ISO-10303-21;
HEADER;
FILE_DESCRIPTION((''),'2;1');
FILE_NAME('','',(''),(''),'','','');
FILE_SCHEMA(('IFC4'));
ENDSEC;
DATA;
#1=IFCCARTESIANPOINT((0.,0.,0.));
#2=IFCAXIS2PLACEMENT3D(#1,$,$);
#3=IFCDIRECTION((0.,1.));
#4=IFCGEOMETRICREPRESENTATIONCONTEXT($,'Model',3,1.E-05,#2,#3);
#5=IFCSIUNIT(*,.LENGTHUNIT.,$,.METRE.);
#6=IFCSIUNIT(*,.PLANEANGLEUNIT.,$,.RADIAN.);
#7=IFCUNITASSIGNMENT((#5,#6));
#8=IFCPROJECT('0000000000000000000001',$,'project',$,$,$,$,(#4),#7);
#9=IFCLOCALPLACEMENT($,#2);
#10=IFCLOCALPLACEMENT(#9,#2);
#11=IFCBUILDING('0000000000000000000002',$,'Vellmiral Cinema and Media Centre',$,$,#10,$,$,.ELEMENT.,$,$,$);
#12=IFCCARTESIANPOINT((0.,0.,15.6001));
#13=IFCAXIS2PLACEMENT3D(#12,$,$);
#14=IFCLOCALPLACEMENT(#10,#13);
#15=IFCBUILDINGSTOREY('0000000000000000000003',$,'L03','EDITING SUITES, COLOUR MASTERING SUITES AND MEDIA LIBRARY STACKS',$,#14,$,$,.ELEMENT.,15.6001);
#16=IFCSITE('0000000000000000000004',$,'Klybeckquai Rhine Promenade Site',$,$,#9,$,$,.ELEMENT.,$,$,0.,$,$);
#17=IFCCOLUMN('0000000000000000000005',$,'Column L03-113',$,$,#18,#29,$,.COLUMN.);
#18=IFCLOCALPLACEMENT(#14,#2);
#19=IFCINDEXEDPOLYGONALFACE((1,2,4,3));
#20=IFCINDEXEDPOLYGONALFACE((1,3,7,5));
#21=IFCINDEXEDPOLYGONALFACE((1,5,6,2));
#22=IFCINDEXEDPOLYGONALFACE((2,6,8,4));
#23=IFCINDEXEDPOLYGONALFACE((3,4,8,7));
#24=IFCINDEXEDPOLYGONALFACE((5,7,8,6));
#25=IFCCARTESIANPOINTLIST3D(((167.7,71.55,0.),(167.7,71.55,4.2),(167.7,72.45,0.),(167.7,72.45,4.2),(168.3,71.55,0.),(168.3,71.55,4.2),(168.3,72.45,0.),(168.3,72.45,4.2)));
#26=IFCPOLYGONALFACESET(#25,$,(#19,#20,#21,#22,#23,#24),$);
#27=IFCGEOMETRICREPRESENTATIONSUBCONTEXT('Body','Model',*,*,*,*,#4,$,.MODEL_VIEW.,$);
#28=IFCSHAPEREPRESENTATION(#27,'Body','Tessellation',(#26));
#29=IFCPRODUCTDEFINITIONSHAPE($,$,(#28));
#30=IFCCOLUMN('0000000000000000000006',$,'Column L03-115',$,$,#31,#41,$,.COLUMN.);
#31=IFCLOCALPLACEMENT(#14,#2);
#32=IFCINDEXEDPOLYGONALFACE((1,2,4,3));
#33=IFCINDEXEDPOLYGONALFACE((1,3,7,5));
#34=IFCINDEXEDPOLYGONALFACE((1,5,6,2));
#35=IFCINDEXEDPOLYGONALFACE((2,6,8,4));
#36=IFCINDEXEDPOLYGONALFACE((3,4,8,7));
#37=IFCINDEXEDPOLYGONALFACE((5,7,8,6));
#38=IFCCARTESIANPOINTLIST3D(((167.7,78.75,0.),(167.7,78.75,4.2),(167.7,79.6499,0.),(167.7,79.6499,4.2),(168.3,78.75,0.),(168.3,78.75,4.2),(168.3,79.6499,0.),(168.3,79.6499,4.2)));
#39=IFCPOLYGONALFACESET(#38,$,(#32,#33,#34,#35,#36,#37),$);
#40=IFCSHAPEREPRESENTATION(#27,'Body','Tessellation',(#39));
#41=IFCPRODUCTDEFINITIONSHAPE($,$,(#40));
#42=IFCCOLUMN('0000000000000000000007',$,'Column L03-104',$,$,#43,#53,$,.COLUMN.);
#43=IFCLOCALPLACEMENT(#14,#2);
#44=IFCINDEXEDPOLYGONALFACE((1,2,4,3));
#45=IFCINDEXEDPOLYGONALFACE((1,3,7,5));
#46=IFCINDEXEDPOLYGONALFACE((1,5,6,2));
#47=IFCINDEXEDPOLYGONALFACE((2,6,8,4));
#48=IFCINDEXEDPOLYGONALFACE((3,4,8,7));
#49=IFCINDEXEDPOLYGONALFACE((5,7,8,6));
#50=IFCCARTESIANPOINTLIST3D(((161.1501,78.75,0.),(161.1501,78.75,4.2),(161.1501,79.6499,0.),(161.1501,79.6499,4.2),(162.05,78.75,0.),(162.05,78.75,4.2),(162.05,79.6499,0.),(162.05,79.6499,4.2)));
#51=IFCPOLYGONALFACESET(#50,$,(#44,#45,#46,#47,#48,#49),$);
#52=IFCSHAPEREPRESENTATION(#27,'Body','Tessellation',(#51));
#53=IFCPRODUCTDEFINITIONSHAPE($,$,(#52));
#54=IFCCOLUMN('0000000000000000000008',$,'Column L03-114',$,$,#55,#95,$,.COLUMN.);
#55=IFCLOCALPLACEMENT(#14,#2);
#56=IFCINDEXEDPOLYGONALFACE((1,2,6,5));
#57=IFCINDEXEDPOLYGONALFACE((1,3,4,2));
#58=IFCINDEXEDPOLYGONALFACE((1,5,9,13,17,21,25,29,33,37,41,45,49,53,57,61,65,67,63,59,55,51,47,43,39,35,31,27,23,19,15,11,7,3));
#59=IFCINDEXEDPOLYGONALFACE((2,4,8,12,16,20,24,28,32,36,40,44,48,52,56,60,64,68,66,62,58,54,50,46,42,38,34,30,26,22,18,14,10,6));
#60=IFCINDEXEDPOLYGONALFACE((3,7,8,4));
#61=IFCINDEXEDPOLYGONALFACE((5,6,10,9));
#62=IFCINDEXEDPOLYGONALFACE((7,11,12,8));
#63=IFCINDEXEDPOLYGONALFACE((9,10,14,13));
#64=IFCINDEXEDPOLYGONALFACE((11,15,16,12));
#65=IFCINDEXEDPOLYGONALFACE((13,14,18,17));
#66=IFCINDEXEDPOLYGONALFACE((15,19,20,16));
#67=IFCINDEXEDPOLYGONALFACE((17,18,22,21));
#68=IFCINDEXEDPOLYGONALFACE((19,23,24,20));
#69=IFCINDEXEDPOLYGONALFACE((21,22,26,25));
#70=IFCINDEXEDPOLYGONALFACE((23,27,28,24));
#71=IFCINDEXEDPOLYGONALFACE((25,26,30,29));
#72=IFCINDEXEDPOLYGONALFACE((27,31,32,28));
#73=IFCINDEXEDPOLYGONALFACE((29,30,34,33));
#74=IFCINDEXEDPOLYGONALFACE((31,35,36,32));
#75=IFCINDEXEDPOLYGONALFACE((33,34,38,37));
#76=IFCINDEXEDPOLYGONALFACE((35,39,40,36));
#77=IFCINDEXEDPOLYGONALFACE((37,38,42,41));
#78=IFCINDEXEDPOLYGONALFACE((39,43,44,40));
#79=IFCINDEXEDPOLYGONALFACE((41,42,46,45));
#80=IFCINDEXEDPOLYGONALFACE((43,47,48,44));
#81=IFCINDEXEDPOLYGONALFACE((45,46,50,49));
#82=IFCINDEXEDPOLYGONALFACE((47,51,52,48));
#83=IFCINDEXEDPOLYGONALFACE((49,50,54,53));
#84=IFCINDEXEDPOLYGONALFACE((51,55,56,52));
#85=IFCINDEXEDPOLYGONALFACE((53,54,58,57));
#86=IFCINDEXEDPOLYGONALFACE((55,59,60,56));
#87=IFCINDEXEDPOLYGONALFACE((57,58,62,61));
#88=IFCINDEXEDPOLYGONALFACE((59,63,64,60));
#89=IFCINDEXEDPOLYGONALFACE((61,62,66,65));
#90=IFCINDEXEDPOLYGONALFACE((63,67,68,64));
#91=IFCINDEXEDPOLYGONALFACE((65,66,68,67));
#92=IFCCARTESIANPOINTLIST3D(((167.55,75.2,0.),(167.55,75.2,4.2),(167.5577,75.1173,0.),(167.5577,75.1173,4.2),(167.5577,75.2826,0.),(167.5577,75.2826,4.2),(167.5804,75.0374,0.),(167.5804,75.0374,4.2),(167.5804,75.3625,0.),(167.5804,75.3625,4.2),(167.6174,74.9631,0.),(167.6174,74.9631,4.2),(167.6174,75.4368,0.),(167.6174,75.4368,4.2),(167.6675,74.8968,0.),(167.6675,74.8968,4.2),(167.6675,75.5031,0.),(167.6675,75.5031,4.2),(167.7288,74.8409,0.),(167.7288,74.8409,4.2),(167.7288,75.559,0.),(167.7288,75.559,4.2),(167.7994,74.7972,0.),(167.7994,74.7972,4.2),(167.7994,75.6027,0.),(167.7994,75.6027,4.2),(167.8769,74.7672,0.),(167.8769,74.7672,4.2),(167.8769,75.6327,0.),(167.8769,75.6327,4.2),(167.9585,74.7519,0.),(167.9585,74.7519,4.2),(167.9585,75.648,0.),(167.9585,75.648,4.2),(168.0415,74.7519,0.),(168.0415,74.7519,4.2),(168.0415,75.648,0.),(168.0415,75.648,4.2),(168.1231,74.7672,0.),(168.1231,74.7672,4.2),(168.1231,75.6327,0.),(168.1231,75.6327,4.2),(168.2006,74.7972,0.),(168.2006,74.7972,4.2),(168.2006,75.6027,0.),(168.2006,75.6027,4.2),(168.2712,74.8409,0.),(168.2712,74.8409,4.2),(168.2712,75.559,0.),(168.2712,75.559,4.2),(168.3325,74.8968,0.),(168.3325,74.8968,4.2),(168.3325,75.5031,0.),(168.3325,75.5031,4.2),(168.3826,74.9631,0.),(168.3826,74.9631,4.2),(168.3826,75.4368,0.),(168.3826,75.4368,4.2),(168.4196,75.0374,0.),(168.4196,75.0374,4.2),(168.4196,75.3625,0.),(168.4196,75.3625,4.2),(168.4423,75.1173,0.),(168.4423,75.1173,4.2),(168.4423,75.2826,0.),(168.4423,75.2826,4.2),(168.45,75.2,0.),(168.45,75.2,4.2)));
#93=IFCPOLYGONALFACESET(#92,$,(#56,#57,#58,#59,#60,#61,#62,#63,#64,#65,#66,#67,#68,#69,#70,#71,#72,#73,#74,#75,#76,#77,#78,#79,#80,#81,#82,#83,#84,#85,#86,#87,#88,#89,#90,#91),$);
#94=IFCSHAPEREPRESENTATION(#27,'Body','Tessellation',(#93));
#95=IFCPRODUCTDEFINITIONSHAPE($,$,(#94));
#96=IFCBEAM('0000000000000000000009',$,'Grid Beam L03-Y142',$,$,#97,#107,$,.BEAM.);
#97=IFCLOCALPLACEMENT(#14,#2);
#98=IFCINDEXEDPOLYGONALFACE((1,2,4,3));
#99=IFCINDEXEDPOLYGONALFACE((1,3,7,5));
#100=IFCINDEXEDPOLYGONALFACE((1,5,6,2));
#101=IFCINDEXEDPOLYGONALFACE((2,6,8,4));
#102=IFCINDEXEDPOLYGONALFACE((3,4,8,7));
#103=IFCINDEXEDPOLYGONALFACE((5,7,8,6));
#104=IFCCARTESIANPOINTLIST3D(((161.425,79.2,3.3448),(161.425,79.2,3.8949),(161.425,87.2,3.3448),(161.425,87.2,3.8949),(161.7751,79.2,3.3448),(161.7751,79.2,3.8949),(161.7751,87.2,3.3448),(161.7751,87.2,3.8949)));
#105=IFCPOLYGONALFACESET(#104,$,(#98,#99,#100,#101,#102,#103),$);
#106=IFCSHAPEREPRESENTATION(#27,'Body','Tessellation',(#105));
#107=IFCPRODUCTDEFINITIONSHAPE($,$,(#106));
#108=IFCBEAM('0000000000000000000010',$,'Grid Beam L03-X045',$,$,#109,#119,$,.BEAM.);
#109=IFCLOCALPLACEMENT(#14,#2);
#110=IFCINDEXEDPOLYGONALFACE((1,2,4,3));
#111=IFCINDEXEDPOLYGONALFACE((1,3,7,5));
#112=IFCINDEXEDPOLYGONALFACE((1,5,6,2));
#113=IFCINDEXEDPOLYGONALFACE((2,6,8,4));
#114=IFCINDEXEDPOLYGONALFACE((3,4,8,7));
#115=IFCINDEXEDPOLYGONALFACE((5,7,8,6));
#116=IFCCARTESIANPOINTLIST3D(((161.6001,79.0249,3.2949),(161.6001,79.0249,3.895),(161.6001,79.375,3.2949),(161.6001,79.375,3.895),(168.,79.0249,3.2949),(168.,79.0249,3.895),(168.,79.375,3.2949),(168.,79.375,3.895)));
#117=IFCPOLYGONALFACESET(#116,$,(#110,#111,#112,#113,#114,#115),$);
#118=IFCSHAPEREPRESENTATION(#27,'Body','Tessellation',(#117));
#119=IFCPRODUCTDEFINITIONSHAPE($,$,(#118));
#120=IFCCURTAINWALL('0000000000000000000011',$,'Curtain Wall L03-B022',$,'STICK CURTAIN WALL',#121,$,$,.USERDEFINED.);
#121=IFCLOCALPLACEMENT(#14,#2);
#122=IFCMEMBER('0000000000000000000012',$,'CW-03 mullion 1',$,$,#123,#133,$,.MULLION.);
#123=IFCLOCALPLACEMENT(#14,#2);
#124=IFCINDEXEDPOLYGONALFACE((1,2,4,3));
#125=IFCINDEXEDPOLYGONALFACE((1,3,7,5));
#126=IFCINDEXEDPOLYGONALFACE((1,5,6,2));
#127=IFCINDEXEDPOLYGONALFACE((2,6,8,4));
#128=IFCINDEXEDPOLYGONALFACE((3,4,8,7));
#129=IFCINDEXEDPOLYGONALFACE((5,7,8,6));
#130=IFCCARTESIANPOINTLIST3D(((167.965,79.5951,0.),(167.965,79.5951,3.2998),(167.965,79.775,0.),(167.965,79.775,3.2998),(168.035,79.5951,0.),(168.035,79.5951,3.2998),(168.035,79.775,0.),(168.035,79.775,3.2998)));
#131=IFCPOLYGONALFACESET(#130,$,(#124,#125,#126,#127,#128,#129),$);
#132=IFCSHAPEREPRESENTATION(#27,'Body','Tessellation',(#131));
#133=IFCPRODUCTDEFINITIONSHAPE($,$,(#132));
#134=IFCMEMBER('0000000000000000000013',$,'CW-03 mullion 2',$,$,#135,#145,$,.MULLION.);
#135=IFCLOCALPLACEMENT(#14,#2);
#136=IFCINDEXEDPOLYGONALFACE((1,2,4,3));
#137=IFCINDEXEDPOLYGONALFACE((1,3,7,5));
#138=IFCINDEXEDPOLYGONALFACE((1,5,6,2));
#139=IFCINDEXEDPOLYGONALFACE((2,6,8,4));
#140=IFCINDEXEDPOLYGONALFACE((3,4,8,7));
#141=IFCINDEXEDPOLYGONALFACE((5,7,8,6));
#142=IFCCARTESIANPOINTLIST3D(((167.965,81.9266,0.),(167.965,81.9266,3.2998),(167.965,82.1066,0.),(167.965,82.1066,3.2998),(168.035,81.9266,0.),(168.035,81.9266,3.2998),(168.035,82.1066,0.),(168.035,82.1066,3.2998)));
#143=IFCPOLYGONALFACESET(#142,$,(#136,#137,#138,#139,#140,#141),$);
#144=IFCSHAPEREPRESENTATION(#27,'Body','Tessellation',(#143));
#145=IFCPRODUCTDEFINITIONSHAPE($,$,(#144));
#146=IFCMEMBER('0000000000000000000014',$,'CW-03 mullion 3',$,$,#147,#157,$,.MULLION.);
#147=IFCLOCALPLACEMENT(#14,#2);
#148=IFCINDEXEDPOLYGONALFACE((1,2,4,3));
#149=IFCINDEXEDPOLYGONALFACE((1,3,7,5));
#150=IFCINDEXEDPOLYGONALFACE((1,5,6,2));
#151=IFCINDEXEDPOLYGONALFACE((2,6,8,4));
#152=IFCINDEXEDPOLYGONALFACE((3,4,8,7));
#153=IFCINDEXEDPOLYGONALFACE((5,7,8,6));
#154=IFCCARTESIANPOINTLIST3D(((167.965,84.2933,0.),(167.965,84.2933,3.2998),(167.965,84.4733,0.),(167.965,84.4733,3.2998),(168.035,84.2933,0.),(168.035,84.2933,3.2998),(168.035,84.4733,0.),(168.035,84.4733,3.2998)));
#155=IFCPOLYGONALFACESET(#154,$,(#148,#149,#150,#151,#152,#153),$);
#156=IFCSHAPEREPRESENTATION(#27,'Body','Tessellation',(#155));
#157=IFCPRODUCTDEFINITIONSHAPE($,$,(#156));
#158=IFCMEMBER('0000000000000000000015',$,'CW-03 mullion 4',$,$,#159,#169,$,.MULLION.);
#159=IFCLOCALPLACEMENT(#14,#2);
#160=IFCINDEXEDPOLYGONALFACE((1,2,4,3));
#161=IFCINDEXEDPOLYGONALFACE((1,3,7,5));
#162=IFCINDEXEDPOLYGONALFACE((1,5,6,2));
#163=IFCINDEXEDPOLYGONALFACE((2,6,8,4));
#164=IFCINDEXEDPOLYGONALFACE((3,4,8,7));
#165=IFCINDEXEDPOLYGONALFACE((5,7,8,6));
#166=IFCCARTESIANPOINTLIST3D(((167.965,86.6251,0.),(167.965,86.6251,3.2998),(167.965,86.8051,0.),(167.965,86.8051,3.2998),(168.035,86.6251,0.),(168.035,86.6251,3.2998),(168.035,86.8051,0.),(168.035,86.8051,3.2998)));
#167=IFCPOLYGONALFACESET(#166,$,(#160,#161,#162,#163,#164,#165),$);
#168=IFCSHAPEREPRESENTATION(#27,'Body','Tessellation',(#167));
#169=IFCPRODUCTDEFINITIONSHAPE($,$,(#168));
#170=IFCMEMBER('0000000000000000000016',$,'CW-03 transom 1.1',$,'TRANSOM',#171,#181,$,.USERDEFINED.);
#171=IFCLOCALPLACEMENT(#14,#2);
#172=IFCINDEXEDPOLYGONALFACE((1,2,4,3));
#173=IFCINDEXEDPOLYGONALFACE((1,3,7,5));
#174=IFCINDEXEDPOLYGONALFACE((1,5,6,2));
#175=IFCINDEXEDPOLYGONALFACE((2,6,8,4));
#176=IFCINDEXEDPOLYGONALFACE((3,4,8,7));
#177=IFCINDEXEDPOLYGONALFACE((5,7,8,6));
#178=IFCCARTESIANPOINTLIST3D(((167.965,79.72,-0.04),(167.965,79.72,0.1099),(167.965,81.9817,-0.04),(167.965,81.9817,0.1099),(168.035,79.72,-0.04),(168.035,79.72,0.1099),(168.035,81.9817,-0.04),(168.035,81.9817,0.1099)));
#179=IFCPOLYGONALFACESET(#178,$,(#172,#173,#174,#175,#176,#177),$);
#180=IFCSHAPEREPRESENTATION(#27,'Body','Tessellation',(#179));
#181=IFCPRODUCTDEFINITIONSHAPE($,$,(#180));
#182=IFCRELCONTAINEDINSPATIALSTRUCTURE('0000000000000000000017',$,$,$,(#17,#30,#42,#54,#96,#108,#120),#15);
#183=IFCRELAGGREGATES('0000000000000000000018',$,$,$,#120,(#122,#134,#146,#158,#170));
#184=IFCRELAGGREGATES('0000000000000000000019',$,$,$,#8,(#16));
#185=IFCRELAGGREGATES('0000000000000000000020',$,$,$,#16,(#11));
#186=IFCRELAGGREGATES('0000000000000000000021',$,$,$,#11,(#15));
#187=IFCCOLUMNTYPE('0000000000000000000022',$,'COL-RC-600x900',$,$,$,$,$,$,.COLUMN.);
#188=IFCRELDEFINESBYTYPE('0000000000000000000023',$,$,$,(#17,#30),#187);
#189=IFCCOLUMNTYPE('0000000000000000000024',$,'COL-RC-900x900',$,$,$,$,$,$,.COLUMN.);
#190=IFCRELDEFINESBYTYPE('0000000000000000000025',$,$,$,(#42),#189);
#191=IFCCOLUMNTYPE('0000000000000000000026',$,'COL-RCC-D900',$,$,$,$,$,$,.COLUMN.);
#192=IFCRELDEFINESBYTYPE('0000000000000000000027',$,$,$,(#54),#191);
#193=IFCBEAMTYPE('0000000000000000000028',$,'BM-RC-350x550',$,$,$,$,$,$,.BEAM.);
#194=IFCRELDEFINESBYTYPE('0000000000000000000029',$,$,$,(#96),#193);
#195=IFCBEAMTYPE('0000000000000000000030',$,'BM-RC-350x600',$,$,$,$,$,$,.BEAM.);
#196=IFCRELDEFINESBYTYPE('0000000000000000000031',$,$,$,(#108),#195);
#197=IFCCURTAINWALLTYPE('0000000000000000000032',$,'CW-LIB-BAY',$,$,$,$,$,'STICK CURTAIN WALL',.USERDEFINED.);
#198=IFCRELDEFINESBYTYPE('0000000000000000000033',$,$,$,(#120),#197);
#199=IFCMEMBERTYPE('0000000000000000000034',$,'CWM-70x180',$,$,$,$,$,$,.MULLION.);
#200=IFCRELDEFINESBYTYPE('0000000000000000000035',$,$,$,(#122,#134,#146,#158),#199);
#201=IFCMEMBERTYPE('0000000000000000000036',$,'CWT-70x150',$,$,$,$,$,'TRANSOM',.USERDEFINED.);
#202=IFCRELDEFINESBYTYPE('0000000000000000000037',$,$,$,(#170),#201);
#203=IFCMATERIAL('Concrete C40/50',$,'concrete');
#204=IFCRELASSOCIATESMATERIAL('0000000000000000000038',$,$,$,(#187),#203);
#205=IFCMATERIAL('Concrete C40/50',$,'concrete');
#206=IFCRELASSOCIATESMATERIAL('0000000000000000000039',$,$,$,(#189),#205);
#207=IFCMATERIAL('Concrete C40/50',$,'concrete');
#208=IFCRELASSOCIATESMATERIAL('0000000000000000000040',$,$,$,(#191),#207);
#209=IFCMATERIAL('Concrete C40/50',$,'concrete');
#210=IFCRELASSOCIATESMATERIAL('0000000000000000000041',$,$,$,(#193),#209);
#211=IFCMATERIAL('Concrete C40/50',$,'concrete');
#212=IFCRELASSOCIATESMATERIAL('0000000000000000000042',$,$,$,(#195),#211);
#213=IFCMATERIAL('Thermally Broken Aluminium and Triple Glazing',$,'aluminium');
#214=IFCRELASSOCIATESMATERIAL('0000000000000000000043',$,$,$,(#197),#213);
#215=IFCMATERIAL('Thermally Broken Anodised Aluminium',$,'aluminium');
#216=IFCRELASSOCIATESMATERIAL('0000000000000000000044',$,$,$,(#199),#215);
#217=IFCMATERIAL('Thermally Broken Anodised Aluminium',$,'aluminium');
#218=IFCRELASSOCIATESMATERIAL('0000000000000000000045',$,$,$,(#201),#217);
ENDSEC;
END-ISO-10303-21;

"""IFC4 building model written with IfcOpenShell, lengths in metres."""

from ifc_helpers import new_model, si_unit, direction, frame, origin, origin_2d, place, context, subcontext, project, spatial, rectangle, circle, extrude, material, material_profile, profile_set, type_object, element, aggregate, save


model = new_model("IFC4")

# Units and contexts
model_context = context("Model", 3, precision=1e-05, world=origin(), true_north=direction((0.0, 1.0)))
body_context = subcontext(model_context, "Body", "Model", "MODEL_VIEW")
ifc_project = project(units=[si_unit("LENGTHUNIT", "METRE"), si_unit("PLANEANGLEUNIT", "RADIAN")], contexts=[model_context])

# Site, building, storey
site_placement = place(None, origin())
site = spatial("IfcSite", under=ifc_project, at=site_placement, Name="Klybeckquai Rhine Promenade Site", CompositionType="ELEMENT", RefElevation=0.0)
building_placement = place(site_placement, origin())
building = spatial("IfcBuilding", under=site, at=building_placement, Name="Vellmiral Cinema and Media Centre", CompositionType="ELEMENT")
storey_placement = place(building_placement, frame((0.0, 0.0, 15.6001)))
storey = spatial("IfcBuildingStorey", under=building, at=storey_placement, Name="L03", Description="EDITING SUITES, COLOUR MASTERING SUITES AND MEDIA LIBRARY STACKS", CompositionType="ELEMENT", Elevation=15.6001)

# Columns
ifc_material_1 = material(Name="Concrete C40/50", Category="concrete")
ifc_material_profile_1 = material_profile(ifc_material_1, rectangle(XDim=0.6001, YDim=0.8999, at=origin_2d()), Name="RC 600x900")
ifc_profile_set_1 = profile_set([ifc_material_profile_1], Name="Concrete C40/50")
column_type_1 = type_object("IfcColumnType", Name="COL-RC-600x900", PredefinedType="COLUMN", material=ifc_profile_set_1)
for number, where, z_axis, x_axis, name in (
    (1, (168.0, 72.0, 0.0), (0.0, 0.0, 1.0), (1.0, 0.0, 0.0), "Column L03-113"),
    (2, (168.0, 79.2, 0.0), (0.0, 0.0, 1.0), (1.0, 0.0, 0.0), "Column L03-115"),
):
    element("IfcColumn", number, at=place(storey_placement, frame(where, z_axis=z_axis, x_axis=x_axis)), inside=storey, type_object=column_type_1, Name=name, PredefinedType="COLUMN", context=body_context, shape_type="SweptSolid", body=[
        extrude(rectangle(XDim=0.6001, YDim=0.8999, at=origin_2d()), origin(), (0.0, 0.0, 1.0), 4.2),
    ])
ifc_material_2 = material(Name="Concrete C40/50", Category="concrete")
ifc_material_profile_2 = material_profile(ifc_material_2, rectangle(XDim=0.8999, YDim=0.8999, at=origin_2d()), Name="RC 900x900")
ifc_profile_set_2 = profile_set([ifc_material_profile_2], Name="Concrete C40/50")
column_type_2 = type_object("IfcColumnType", Name="COL-RC-900x900", PredefinedType="COLUMN", material=ifc_profile_set_2)
column_1_placement = place(storey_placement, frame((161.6001, 79.2, 0.0), z_axis=(0.0, 0.0, 1.0), x_axis=(1.0, 0.0, 0.0)))
element("IfcColumn", 3, at=column_1_placement, inside=storey, type_object=column_type_2, Name="Column L03-104", PredefinedType="COLUMN", context=body_context, shape_type="SweptSolid", body=[
    extrude(rectangle(XDim=0.8999, YDim=0.8999, at=origin_2d()), origin(), (0.0, 0.0, 1.0), 4.2),
])
ifc_material_3 = material(Name="Concrete C40/50", Category="concrete")
ifc_material_profile_3 = material_profile(ifc_material_3, circle(Radius=0.45, at=origin_2d()), Name="RC D900")
ifc_profile_set_3 = profile_set([ifc_material_profile_3], Name="Concrete C40/50")
column_type_3 = type_object("IfcColumnType", Name="COL-RCC-D900", PredefinedType="COLUMN", material=ifc_profile_set_3)
column_2_placement = place(storey_placement, frame((168.0, 75.2, 0.0), z_axis=(0.0, 0.0, 1.0), x_axis=(1.0, 0.0, 0.0)))
element("IfcColumn", 4, at=column_2_placement, inside=storey, type_object=column_type_3, Name="Column L03-114", PredefinedType="COLUMN", context=body_context, shape_type="SweptSolid", body=[
    extrude(circle(Radius=0.45, at=origin_2d()), origin(), (0.0, 0.0, 1.0), 4.2),
])

# Beams
ifc_material_4 = material(Name="Concrete C40/50", Category="concrete")
ifc_material_profile_4 = material_profile(ifc_material_4, rectangle(XDim=0.3501, YDim=0.55, at=origin_2d()), Name="RC 350x550")
ifc_profile_set_4 = profile_set([ifc_material_profile_4], Name="Concrete C40/50")
beam_type_1 = type_object("IfcBeamType", Name="BM-RC-350x550", PredefinedType="BEAM", material=ifc_profile_set_4)
beam_1_placement = place(storey_placement, frame((161.6001, 79.2, 3.6199), z_axis=(0.0, 1.0, 0.0), x_axis=(-1.0, 0.0, 0.0)))
element("IfcBeam", 5, at=beam_1_placement, inside=storey, type_object=beam_type_1, Name="Grid Beam L03-Y142", PredefinedType="BEAM", context=body_context, shape_type="SweptSolid", body=[
    extrude(rectangle(XDim=0.3501, YDim=0.55, at=origin_2d()), origin(), (0.0, 0.0, 1.0), 8.0),
])
ifc_material_5 = material(Name="Concrete C40/50", Category="concrete")
ifc_material_profile_5 = material_profile(ifc_material_5, rectangle(XDim=0.3501, YDim=0.6001, at=origin_2d()), Name="RC 350x600")
ifc_profile_set_5 = profile_set([ifc_material_profile_5], Name="Concrete C40/50")
beam_type_2 = type_object("IfcBeamType", Name="BM-RC-350x600", PredefinedType="BEAM", material=ifc_profile_set_5)
beam_2_placement = place(storey_placement, frame((161.6001, 79.2, 3.595), z_axis=(1.0, 0.0, 0.0), x_axis=(0.0, 1.0, 0.0)))
element("IfcBeam", 6, at=beam_2_placement, inside=storey, type_object=beam_type_2, Name="Grid Beam L03-X045", PredefinedType="BEAM", context=body_context, shape_type="SweptSolid", body=[
    extrude(rectangle(XDim=0.3501, YDim=0.6001, at=origin_2d()), origin(), (0.0, 0.0, 1.0), 6.3999),
])

# Curtain wall, members
ifc_material_6 = material(Name="Thermally Broken Aluminium and Triple Glazing", Category="aluminium")
curtain_wall_type = type_object("IfcCurtainWallType", Name="CW-LIB-BAY", ElementType="STICK CURTAIN WALL", PredefinedType="USERDEFINED", material=ifc_material_6)
curtain_wall_placement = place(storey_placement, origin())
curtain_wall = element("IfcCurtainWall", 7, at=curtain_wall_placement, inside=storey, type_object=curtain_wall_type, Name="Curtain Wall L03-B022", ObjectType="STICK CURTAIN WALL", PredefinedType="USERDEFINED")
ifc_material_7 = material(Name="Thermally Broken Anodised Aluminium", Category="aluminium")
ifc_material_profile_6 = material_profile(ifc_material_7, rectangle(XDim=0.0701, YDim=0.1799, at=origin_2d()), Name="MULL 70x180")
ifc_profile_set_6 = profile_set([ifc_material_profile_6], Name="Thermally Broken Anodised Aluminium")
member_type_1 = type_object("IfcMemberType", Name="CWM-70x180", PredefinedType="MULLION", material=ifc_profile_set_6)
member_1_placement = place(storey_placement, frame((168.0, 79.6851, 0.0), z_axis=(0.0, 0.0, 1.0), x_axis=(-1.0, 0.0, 0.0)))
member_1 = element("IfcMember", 8, at=member_1_placement, type_object=member_type_1, Name="CW-03 mullion 1", PredefinedType="MULLION", context=body_context, shape_type="SweptSolid", body=[
    extrude(rectangle(XDim=0.0701, YDim=0.1799, at=origin_2d()), origin(), (0.0, 0.0, 1.0), 3.2998),
])
member_2_placement = place(storey_placement, frame((168.0, 82.0166, 0.0), z_axis=(0.0, 0.0, 1.0), x_axis=(-1.0, 0.0, 0.0)))
member_2 = element("IfcMember", 9, at=member_2_placement, type_object=member_type_1, Name="CW-03 mullion 2", PredefinedType="MULLION", context=body_context, shape_type="SweptSolid", body=[
    extrude(rectangle(XDim=0.0701, YDim=0.1799, at=origin_2d()), origin(), (0.0, 0.0, 1.0), 3.2998),
])
member_3_placement = place(storey_placement, frame((168.0, 84.3833, 0.0), z_axis=(0.0, 0.0, 1.0), x_axis=(-1.0, 0.0, 0.0)))
member_3 = element("IfcMember", 10, at=member_3_placement, type_object=member_type_1, Name="CW-03 mullion 3", PredefinedType="MULLION", context=body_context, shape_type="SweptSolid", body=[
    extrude(rectangle(XDim=0.0701, YDim=0.1799, at=origin_2d()), origin(), (0.0, 0.0, 1.0), 3.2998),
])
member_4_placement = place(storey_placement, frame((168.0, 86.7151, 0.0), z_axis=(0.0, 0.0, 1.0), x_axis=(-1.0, 0.0, 0.0)))
member_4 = element("IfcMember", 11, at=member_4_placement, type_object=member_type_1, Name="CW-03 mullion 4", PredefinedType="MULLION", context=body_context, shape_type="SweptSolid", body=[
    extrude(rectangle(XDim=0.0701, YDim=0.1799, at=origin_2d()), origin(), (0.0, 0.0, 1.0), 3.2998),
])
ifc_material_8 = material(Name="Thermally Broken Anodised Aluminium", Category="aluminium")
ifc_material_profile_7 = material_profile(ifc_material_8, rectangle(XDim=0.0701, YDim=0.1499, at=origin_2d()), Name="MULL 70x150")
ifc_profile_set_7 = profile_set([ifc_material_profile_7], Name="Thermally Broken Anodised Aluminium")
member_type_2 = type_object("IfcMemberType", Name="CWT-70x150", ElementType="TRANSOM", PredefinedType="USERDEFINED", material=ifc_profile_set_7)
member_5_placement = place(storey_placement, frame((168.0, 79.72, 0.0349), z_axis=(0.0, 1.0, 0.0), x_axis=(-1.0, 0.0, 0.0)))
member_5 = element("IfcMember", 12, at=member_5_placement, type_object=member_type_2, Name="CW-03 transom 1.1", ObjectType="TRANSOM", PredefinedType="USERDEFINED", context=body_context, shape_type="SweptSolid", body=[
    extrude(rectangle(XDim=0.0701, YDim=0.1499, at=origin_2d()), origin(), (0.0, 0.0, 1.0), 2.2617),
])

aggregate(curtain_wall, [member_1, member_2, member_3, member_4, member_5])

save(model, "model.ifc")
